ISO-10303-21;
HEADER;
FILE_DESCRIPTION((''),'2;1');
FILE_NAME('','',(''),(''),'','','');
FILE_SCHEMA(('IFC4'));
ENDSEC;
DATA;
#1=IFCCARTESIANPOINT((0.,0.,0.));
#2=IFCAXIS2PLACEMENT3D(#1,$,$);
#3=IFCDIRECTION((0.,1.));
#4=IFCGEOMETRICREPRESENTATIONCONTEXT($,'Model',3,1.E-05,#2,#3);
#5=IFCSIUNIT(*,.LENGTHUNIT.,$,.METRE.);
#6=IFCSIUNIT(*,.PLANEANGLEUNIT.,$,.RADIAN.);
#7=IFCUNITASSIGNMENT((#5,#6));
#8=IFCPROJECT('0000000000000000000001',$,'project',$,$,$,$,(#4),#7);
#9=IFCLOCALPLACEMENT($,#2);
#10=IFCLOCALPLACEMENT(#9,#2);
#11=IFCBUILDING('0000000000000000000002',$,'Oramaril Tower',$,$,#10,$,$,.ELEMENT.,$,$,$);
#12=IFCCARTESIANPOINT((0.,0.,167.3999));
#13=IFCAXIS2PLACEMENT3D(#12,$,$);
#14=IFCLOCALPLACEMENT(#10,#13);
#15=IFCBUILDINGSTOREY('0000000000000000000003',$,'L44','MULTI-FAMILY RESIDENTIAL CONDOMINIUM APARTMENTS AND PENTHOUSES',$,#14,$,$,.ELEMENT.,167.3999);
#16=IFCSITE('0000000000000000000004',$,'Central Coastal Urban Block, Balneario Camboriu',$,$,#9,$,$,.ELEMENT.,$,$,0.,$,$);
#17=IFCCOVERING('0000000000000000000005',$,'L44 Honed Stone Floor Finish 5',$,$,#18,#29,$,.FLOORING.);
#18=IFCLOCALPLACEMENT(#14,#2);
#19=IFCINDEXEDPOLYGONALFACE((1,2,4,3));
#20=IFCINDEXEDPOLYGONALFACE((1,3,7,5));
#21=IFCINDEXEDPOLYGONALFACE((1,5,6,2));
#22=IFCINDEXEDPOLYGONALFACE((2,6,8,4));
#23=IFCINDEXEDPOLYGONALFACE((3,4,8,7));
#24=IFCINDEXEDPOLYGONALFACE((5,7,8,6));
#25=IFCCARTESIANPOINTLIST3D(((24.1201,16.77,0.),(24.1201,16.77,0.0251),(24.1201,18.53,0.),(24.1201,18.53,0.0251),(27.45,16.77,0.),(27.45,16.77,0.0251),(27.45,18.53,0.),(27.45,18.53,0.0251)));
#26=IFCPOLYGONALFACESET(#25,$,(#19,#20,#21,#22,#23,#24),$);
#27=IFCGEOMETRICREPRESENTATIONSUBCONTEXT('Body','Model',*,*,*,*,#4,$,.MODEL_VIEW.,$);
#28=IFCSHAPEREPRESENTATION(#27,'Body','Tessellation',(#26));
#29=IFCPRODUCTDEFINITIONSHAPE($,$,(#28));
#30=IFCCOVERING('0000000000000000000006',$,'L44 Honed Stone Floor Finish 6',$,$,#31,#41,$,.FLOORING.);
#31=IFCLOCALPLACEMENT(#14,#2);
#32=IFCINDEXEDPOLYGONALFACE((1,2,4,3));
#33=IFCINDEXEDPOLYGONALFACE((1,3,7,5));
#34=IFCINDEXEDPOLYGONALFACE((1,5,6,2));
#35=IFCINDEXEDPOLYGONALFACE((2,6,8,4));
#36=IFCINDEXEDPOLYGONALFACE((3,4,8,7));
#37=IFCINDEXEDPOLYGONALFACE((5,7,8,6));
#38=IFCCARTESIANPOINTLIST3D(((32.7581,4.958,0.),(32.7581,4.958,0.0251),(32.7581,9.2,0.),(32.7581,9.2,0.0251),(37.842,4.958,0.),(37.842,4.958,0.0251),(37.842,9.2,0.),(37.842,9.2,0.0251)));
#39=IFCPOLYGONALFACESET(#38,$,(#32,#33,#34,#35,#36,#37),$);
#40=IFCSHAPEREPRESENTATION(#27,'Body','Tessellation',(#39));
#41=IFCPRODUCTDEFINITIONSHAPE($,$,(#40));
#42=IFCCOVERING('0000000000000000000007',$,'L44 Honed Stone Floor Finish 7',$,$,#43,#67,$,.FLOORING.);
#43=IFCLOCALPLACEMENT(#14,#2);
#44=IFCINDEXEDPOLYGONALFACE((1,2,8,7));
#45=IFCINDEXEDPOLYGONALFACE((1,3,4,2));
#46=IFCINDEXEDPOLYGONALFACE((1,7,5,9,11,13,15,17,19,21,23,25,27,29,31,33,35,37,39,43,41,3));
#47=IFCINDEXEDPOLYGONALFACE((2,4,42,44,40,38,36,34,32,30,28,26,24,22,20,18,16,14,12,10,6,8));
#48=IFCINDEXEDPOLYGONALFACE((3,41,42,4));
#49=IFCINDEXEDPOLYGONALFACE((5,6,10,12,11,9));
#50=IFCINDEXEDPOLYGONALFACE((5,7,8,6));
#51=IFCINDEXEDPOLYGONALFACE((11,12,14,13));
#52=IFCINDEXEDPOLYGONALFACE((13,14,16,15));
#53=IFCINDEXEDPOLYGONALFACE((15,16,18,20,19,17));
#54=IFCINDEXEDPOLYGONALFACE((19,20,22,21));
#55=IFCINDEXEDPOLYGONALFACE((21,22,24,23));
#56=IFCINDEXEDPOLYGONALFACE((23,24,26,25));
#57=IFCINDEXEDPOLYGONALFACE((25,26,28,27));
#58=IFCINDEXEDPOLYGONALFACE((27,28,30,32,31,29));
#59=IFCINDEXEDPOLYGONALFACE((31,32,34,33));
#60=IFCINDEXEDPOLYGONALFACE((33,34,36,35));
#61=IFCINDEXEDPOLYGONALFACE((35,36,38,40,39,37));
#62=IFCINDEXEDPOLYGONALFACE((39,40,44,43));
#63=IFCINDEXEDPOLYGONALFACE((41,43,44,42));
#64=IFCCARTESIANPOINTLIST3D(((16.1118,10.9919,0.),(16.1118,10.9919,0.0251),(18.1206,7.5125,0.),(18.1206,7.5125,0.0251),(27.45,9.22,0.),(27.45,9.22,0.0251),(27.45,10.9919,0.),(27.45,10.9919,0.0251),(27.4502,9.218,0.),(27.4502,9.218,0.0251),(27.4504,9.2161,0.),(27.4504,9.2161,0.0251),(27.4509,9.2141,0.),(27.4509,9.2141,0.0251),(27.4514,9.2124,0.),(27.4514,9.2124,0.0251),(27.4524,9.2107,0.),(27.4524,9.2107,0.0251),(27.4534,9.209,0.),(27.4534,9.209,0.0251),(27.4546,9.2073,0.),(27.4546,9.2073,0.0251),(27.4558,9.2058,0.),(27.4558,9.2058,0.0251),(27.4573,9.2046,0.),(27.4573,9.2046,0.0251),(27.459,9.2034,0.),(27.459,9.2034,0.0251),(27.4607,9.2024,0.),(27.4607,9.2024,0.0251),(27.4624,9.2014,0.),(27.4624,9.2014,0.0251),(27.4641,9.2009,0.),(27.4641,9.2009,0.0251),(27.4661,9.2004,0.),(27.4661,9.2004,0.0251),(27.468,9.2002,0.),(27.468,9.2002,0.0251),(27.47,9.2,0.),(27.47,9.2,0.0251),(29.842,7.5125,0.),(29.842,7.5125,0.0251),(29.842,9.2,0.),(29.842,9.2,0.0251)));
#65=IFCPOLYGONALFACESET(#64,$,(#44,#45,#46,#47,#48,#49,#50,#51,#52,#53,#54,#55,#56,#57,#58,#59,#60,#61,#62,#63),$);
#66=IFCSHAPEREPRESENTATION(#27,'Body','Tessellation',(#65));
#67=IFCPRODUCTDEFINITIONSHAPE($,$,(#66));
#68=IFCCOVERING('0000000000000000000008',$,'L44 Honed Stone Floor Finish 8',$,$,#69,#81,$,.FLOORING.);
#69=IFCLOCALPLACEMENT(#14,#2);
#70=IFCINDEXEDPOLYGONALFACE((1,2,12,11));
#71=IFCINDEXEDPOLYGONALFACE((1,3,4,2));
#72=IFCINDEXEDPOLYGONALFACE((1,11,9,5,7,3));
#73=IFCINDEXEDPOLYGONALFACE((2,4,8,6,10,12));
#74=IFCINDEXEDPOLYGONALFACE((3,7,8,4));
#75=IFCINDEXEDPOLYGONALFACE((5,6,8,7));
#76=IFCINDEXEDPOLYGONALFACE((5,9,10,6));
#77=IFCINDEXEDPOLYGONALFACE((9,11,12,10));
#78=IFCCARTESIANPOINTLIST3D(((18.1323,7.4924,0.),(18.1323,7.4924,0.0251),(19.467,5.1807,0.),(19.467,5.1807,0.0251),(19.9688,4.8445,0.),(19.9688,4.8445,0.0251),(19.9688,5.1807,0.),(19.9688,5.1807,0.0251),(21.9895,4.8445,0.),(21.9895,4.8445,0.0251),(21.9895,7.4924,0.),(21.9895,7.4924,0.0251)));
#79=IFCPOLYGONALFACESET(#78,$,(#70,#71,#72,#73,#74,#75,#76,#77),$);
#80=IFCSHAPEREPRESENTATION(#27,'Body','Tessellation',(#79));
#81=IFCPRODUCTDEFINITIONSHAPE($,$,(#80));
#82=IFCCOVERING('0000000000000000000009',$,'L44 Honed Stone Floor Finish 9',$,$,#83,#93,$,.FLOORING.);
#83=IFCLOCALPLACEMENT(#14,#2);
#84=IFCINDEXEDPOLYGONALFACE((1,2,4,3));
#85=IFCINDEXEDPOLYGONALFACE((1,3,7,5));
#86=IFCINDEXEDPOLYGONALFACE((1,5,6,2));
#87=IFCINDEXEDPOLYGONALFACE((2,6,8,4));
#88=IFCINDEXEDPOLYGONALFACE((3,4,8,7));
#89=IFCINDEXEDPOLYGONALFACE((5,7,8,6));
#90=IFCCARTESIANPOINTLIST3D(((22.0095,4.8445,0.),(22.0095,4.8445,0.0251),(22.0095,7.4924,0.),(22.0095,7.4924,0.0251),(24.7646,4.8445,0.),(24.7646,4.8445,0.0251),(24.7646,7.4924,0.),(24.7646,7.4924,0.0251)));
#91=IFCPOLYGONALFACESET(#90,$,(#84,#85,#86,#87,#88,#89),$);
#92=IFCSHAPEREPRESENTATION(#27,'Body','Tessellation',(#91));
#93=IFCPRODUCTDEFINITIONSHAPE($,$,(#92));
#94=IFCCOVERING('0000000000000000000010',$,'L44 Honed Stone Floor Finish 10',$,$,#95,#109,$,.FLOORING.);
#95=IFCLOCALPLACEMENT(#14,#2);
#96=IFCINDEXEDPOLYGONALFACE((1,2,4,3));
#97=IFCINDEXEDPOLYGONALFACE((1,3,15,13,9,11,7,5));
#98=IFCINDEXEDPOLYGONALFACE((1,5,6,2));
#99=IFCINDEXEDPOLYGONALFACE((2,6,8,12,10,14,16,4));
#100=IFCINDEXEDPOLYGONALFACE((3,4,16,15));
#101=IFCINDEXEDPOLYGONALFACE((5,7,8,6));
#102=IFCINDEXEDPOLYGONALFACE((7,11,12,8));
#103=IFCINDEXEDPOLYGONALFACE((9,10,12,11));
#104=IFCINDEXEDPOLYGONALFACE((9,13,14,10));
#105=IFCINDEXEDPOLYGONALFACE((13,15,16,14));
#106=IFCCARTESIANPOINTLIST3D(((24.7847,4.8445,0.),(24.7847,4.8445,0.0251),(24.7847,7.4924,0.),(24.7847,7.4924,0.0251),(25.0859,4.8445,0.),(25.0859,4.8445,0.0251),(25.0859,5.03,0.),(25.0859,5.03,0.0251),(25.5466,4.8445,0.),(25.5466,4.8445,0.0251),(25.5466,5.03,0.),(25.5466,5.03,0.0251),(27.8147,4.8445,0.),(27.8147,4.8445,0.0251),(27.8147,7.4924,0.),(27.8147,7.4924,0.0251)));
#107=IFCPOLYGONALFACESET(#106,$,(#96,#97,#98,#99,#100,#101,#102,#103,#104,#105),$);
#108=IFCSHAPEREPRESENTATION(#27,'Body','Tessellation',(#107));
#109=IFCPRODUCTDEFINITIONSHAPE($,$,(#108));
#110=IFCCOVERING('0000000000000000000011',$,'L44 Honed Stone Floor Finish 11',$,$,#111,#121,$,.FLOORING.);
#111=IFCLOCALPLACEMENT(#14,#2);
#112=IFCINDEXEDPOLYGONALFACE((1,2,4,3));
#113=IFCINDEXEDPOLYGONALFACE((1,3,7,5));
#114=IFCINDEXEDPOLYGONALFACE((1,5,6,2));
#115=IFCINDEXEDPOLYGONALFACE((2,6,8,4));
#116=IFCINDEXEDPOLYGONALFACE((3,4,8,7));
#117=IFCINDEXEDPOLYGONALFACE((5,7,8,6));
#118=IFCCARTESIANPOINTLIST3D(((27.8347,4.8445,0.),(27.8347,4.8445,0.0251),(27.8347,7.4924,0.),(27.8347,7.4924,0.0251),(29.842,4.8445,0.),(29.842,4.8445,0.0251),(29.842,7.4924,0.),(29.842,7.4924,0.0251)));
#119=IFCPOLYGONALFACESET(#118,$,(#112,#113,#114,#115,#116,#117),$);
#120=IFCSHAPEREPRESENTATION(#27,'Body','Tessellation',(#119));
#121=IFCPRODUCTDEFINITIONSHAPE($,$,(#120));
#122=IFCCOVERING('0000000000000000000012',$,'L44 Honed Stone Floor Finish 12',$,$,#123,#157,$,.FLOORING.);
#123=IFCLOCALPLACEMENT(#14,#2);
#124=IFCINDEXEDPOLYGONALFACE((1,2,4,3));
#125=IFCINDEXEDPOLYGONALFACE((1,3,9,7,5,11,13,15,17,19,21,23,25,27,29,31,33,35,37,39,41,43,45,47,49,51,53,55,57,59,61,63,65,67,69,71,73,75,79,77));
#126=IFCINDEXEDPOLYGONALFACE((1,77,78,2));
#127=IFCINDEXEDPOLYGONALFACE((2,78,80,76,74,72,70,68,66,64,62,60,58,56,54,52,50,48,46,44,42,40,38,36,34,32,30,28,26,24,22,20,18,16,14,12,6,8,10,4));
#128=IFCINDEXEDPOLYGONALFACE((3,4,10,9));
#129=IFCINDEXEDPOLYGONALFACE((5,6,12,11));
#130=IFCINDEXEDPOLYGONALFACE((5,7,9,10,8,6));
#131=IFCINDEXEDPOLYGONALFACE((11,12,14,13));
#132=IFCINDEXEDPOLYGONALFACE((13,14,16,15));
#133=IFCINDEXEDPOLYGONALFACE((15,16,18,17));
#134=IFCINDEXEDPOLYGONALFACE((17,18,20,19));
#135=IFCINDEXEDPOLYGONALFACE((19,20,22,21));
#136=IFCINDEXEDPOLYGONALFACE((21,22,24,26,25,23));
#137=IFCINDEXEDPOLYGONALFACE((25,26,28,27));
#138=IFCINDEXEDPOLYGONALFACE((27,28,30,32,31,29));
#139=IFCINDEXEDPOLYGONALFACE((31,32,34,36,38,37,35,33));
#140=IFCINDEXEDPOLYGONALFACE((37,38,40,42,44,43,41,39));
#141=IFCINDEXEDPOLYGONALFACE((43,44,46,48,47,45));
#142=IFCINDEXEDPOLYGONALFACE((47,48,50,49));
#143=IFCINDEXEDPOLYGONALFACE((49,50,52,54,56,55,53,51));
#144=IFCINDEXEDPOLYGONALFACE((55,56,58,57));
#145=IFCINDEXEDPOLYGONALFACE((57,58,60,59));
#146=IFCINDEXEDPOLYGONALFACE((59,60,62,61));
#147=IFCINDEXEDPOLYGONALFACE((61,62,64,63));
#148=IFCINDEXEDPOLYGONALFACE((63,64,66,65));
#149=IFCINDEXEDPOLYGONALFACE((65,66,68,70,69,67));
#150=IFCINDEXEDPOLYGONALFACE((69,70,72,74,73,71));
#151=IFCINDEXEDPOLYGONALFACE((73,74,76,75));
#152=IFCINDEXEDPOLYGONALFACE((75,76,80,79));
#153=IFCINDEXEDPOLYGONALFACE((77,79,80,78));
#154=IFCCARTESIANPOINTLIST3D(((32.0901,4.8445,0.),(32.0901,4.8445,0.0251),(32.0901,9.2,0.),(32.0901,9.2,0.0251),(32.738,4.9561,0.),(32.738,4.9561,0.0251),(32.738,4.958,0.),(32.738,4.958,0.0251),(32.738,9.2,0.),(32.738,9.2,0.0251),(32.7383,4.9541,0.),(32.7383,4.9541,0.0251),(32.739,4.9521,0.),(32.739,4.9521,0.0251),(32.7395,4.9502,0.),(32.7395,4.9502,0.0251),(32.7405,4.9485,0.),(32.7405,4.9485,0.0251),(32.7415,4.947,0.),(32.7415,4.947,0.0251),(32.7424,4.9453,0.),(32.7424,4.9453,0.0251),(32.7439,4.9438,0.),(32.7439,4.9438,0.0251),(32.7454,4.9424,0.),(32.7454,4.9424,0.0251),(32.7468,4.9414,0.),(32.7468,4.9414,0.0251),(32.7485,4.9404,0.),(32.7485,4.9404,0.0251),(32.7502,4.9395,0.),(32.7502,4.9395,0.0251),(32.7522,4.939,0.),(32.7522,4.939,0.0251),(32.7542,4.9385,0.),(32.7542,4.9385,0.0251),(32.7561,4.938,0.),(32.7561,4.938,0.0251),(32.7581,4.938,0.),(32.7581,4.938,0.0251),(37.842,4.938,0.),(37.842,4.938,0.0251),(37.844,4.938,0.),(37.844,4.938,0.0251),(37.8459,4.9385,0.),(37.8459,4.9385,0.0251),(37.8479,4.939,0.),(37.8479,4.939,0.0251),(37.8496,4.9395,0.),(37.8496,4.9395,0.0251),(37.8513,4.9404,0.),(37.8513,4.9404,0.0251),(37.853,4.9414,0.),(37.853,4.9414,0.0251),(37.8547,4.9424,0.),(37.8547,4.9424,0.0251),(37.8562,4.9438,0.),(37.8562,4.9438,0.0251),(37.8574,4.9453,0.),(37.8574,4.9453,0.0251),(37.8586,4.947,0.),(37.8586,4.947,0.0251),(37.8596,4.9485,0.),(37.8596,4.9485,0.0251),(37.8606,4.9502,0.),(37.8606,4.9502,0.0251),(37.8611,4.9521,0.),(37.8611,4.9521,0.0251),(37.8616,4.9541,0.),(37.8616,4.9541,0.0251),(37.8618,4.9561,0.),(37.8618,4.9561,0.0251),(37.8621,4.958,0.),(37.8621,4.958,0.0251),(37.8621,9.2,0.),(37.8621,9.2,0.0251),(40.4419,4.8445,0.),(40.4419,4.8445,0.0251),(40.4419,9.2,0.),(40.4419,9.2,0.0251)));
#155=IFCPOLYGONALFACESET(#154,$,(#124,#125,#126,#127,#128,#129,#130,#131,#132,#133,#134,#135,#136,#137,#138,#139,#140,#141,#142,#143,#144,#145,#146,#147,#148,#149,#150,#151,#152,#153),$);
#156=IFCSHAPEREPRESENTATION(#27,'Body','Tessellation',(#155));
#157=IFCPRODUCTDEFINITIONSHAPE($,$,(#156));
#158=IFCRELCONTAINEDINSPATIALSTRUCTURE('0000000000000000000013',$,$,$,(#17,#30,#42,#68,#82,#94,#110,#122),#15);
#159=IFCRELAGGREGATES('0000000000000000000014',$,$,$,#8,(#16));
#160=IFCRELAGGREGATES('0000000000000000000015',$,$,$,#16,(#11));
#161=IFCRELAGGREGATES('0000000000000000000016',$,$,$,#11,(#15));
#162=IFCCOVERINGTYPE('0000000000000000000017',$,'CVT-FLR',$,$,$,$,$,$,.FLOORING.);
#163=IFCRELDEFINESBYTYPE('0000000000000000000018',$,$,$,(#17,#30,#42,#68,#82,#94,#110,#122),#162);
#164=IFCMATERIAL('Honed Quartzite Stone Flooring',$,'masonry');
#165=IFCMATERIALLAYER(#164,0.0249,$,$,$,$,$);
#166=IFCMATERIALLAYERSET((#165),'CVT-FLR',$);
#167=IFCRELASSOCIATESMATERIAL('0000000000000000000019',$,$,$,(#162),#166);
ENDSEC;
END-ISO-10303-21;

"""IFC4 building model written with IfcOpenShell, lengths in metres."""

from ifc_helpers import new_model, si_unit, direction, frame, origin, place, context, subcontext, project, spatial, polyline, outline, extrude, material, layer, layer_set, type_object, element, save


model = new_model("IFC4")

# Units and contexts
model_context = context("Model", 3, precision=1e-05, world=origin(), true_north=direction((0.0, 1.0)))
body_context = subcontext(model_context, "Body", "Model", "MODEL_VIEW")
ifc_project = project(units=[si_unit("LENGTHUNIT", "METRE"), si_unit("PLANEANGLEUNIT", "RADIAN")], contexts=[model_context])

# Site, building, storey
site_placement = place(None, origin())
site = spatial("IfcSite", under=ifc_project, at=site_placement, Name="Central Coastal Urban Block, Balneario Camboriu", CompositionType="ELEMENT", RefElevation=0.0)
building_placement = place(site_placement, origin())
building = spatial("IfcBuilding", under=site, at=building_placement, Name="Oramaril Tower", CompositionType="ELEMENT")
storey_placement = place(building_placement, frame((0.0, 0.0, 167.3999)))
storey = spatial("IfcBuildingStorey", under=building, at=storey_placement, Name="L44", Description="MULTI-FAMILY RESIDENTIAL CONDOMINIUM APARTMENTS AND PENTHOUSES", CompositionType="ELEMENT", Elevation=167.3999)

# Coverings
ifc_material_1 = material(Name="Honed Quartzite Stone Flooring", Category="masonry")
ifc_layer_1 = layer(ifc_material_1, 0.0249)
ifc_layer_set_1 = layer_set([ifc_layer_1], Name="CVT-FLR")
covering_type_1 = type_object("IfcCoveringType", Name="CVT-FLR", PredefinedType="FLOORING", material=ifc_layer_set_1)
covering_1_placement = place(storey_placement, origin())
element("IfcCovering", 1, at=covering_1_placement, inside=storey, type_object=covering_type_1, Name="L44 Honed Stone Floor Finish 5", PredefinedType="FLOORING", context=body_context, shape_type="SweptSolid", body=[
    extrude(outline(polyline([(24.1201, 16.77), (24.1201, 18.53), (27.45, 18.53), (27.45, 16.77), (24.1201, 16.77)])), origin(), (0.0, 0.0, 1.0), 0.0251),
])
covering_2_placement = place(storey_placement, origin())
element("IfcCovering", 2, at=covering_2_placement, inside=storey, type_object=covering_type_1, Name="L44 Honed Stone Floor Finish 6", PredefinedType="FLOORING", context=body_context, shape_type="SweptSolid", body=[
    extrude(outline(polyline([(32.7581, 4.958), (32.7581, 9.2), (37.842, 9.2), (37.842, 4.958), (32.7581, 4.958)])), origin(), (0.0, 0.0, 1.0), 0.0251),
])
covering_3_placement = place(storey_placement, origin())
element("IfcCovering", 3, at=covering_3_placement, inside=storey, type_object=covering_type_1, Name="L44 Honed Stone Floor Finish 7", PredefinedType="FLOORING", context=body_context, shape_type="SweptSolid", body=[
    extrude(outline(polyline([(29.842, 7.5125), (18.1206, 7.5125), (16.1118, 10.9919), (27.45, 10.9919), (27.45, 9.22), (27.4502, 9.218), (27.4504, 9.2161), (27.4509, 9.2141), (27.4514, 9.2124), (27.4524, 9.2107), (27.4534, 9.209), (27.4546, 9.2073), (27.4558, 9.2058), (27.4573, 9.2046), (27.459, 9.2034), (27.4607, 9.2024), (27.4624, 9.2014), (27.4641, 9.2009), (27.4661, 9.2004), (27.468, 9.2002), (27.47, 9.2), (29.842, 9.2), (29.842, 7.5125)])), origin(), (0.0, 0.0, 1.0), 0.0251),
])
covering_4_placement = place(storey_placement, origin())
element("IfcCovering", 4, at=covering_4_placement, inside=storey, type_object=covering_type_1, Name="L44 Honed Stone Floor Finish 8", PredefinedType="FLOORING", context=body_context, shape_type="SweptSolid", body=[
    extrude(outline(polyline([(19.9688, 4.8445), (19.9688, 5.1807), (19.467, 5.1807), (18.1323, 7.4924), (21.9895, 7.4924), (21.9895, 4.8445), (19.9688, 4.8445)])), origin(), (0.0, 0.0, 1.0), 0.0251),
])
covering_5_placement = place(storey_placement, origin())
element("IfcCovering", 5, at=covering_5_placement, inside=storey, type_object=covering_type_1, Name="L44 Honed Stone Floor Finish 9", PredefinedType="FLOORING", context=body_context, shape_type="SweptSolid", body=[
    extrude(outline(polyline([(22.0095, 4.8445), (22.0095, 7.4924), (24.7646, 7.4924), (24.7646, 4.8445), (22.0095, 4.8445)])), origin(), (0.0, 0.0, 1.0), 0.0251),
])
covering_6_placement = place(storey_placement, origin())
element("IfcCovering", 6, at=covering_6_placement, inside=storey, type_object=covering_type_1, Name="L44 Honed Stone Floor Finish 10", PredefinedType="FLOORING", context=body_context, shape_type="SweptSolid", body=[
    extrude(outline(polyline([(25.5466, 4.8445), (25.5466, 5.03), (25.0859, 5.03), (25.0859, 4.8445), (24.7847, 4.8445), (24.7847, 7.4924), (27.8147, 7.4924), (27.8147, 4.8445), (25.5466, 4.8445)])), origin(), (0.0, 0.0, 1.0), 0.0251),
])
covering_7_placement = place(storey_placement, origin())
element("IfcCovering", 7, at=covering_7_placement, inside=storey, type_object=covering_type_1, Name="L44 Honed Stone Floor Finish 11", PredefinedType="FLOORING", context=body_context, shape_type="SweptSolid", body=[
    extrude(outline(polyline([(27.8347, 4.8445), (27.8347, 7.4924), (29.842, 7.4924), (29.842, 4.8445), (27.8347, 4.8445)])), origin(), (0.0, 0.0, 1.0), 0.0251),
])
covering_8_placement = place(storey_placement, origin())
element("IfcCovering", 8, at=covering_8_placement, inside=storey, type_object=covering_type_1, Name="L44 Honed Stone Floor Finish 12", PredefinedType="FLOORING", context=body_context, shape_type="SweptSolid", body=[
    extrude(outline(polyline([(40.4419, 4.8445), (32.0901, 4.8445), (32.0901, 9.2), (32.738, 9.2), (32.738, 4.958), (32.738, 4.9561), (32.7383, 4.9541), (32.739, 4.9521), (32.7395, 4.9502), (32.7405, 4.9485), (32.7415, 4.947), (32.7424, 4.9453), (32.7439, 4.9438), (32.7454, 4.9424), (32.7468, 4.9414), (32.7485, 4.9404), (32.7502, 4.9395), (32.7522, 4.939), (32.7542, 4.9385), (32.7561, 4.938), (32.7581, 4.938), (37.842, 4.938), (37.844, 4.938), (37.8459, 4.9385), (37.8479, 4.939), (37.8496, 4.9395), (37.8513, 4.9404), (37.853, 4.9414), (37.8547, 4.9424), (37.8562, 4.9438), (37.8574, 4.9453), (37.8586, 4.947), (37.8596, 4.9485), (37.8606, 4.9502), (37.8611, 4.9521), (37.8616, 4.9541), (37.8618, 4.9561), (37.8621, 4.958), (37.8621, 9.2), (40.4419, 9.2), (40.4419, 4.8445)])), origin(), (0.0, 0.0, 1.0), 0.0251),
])

save(model, "model.ifc")
